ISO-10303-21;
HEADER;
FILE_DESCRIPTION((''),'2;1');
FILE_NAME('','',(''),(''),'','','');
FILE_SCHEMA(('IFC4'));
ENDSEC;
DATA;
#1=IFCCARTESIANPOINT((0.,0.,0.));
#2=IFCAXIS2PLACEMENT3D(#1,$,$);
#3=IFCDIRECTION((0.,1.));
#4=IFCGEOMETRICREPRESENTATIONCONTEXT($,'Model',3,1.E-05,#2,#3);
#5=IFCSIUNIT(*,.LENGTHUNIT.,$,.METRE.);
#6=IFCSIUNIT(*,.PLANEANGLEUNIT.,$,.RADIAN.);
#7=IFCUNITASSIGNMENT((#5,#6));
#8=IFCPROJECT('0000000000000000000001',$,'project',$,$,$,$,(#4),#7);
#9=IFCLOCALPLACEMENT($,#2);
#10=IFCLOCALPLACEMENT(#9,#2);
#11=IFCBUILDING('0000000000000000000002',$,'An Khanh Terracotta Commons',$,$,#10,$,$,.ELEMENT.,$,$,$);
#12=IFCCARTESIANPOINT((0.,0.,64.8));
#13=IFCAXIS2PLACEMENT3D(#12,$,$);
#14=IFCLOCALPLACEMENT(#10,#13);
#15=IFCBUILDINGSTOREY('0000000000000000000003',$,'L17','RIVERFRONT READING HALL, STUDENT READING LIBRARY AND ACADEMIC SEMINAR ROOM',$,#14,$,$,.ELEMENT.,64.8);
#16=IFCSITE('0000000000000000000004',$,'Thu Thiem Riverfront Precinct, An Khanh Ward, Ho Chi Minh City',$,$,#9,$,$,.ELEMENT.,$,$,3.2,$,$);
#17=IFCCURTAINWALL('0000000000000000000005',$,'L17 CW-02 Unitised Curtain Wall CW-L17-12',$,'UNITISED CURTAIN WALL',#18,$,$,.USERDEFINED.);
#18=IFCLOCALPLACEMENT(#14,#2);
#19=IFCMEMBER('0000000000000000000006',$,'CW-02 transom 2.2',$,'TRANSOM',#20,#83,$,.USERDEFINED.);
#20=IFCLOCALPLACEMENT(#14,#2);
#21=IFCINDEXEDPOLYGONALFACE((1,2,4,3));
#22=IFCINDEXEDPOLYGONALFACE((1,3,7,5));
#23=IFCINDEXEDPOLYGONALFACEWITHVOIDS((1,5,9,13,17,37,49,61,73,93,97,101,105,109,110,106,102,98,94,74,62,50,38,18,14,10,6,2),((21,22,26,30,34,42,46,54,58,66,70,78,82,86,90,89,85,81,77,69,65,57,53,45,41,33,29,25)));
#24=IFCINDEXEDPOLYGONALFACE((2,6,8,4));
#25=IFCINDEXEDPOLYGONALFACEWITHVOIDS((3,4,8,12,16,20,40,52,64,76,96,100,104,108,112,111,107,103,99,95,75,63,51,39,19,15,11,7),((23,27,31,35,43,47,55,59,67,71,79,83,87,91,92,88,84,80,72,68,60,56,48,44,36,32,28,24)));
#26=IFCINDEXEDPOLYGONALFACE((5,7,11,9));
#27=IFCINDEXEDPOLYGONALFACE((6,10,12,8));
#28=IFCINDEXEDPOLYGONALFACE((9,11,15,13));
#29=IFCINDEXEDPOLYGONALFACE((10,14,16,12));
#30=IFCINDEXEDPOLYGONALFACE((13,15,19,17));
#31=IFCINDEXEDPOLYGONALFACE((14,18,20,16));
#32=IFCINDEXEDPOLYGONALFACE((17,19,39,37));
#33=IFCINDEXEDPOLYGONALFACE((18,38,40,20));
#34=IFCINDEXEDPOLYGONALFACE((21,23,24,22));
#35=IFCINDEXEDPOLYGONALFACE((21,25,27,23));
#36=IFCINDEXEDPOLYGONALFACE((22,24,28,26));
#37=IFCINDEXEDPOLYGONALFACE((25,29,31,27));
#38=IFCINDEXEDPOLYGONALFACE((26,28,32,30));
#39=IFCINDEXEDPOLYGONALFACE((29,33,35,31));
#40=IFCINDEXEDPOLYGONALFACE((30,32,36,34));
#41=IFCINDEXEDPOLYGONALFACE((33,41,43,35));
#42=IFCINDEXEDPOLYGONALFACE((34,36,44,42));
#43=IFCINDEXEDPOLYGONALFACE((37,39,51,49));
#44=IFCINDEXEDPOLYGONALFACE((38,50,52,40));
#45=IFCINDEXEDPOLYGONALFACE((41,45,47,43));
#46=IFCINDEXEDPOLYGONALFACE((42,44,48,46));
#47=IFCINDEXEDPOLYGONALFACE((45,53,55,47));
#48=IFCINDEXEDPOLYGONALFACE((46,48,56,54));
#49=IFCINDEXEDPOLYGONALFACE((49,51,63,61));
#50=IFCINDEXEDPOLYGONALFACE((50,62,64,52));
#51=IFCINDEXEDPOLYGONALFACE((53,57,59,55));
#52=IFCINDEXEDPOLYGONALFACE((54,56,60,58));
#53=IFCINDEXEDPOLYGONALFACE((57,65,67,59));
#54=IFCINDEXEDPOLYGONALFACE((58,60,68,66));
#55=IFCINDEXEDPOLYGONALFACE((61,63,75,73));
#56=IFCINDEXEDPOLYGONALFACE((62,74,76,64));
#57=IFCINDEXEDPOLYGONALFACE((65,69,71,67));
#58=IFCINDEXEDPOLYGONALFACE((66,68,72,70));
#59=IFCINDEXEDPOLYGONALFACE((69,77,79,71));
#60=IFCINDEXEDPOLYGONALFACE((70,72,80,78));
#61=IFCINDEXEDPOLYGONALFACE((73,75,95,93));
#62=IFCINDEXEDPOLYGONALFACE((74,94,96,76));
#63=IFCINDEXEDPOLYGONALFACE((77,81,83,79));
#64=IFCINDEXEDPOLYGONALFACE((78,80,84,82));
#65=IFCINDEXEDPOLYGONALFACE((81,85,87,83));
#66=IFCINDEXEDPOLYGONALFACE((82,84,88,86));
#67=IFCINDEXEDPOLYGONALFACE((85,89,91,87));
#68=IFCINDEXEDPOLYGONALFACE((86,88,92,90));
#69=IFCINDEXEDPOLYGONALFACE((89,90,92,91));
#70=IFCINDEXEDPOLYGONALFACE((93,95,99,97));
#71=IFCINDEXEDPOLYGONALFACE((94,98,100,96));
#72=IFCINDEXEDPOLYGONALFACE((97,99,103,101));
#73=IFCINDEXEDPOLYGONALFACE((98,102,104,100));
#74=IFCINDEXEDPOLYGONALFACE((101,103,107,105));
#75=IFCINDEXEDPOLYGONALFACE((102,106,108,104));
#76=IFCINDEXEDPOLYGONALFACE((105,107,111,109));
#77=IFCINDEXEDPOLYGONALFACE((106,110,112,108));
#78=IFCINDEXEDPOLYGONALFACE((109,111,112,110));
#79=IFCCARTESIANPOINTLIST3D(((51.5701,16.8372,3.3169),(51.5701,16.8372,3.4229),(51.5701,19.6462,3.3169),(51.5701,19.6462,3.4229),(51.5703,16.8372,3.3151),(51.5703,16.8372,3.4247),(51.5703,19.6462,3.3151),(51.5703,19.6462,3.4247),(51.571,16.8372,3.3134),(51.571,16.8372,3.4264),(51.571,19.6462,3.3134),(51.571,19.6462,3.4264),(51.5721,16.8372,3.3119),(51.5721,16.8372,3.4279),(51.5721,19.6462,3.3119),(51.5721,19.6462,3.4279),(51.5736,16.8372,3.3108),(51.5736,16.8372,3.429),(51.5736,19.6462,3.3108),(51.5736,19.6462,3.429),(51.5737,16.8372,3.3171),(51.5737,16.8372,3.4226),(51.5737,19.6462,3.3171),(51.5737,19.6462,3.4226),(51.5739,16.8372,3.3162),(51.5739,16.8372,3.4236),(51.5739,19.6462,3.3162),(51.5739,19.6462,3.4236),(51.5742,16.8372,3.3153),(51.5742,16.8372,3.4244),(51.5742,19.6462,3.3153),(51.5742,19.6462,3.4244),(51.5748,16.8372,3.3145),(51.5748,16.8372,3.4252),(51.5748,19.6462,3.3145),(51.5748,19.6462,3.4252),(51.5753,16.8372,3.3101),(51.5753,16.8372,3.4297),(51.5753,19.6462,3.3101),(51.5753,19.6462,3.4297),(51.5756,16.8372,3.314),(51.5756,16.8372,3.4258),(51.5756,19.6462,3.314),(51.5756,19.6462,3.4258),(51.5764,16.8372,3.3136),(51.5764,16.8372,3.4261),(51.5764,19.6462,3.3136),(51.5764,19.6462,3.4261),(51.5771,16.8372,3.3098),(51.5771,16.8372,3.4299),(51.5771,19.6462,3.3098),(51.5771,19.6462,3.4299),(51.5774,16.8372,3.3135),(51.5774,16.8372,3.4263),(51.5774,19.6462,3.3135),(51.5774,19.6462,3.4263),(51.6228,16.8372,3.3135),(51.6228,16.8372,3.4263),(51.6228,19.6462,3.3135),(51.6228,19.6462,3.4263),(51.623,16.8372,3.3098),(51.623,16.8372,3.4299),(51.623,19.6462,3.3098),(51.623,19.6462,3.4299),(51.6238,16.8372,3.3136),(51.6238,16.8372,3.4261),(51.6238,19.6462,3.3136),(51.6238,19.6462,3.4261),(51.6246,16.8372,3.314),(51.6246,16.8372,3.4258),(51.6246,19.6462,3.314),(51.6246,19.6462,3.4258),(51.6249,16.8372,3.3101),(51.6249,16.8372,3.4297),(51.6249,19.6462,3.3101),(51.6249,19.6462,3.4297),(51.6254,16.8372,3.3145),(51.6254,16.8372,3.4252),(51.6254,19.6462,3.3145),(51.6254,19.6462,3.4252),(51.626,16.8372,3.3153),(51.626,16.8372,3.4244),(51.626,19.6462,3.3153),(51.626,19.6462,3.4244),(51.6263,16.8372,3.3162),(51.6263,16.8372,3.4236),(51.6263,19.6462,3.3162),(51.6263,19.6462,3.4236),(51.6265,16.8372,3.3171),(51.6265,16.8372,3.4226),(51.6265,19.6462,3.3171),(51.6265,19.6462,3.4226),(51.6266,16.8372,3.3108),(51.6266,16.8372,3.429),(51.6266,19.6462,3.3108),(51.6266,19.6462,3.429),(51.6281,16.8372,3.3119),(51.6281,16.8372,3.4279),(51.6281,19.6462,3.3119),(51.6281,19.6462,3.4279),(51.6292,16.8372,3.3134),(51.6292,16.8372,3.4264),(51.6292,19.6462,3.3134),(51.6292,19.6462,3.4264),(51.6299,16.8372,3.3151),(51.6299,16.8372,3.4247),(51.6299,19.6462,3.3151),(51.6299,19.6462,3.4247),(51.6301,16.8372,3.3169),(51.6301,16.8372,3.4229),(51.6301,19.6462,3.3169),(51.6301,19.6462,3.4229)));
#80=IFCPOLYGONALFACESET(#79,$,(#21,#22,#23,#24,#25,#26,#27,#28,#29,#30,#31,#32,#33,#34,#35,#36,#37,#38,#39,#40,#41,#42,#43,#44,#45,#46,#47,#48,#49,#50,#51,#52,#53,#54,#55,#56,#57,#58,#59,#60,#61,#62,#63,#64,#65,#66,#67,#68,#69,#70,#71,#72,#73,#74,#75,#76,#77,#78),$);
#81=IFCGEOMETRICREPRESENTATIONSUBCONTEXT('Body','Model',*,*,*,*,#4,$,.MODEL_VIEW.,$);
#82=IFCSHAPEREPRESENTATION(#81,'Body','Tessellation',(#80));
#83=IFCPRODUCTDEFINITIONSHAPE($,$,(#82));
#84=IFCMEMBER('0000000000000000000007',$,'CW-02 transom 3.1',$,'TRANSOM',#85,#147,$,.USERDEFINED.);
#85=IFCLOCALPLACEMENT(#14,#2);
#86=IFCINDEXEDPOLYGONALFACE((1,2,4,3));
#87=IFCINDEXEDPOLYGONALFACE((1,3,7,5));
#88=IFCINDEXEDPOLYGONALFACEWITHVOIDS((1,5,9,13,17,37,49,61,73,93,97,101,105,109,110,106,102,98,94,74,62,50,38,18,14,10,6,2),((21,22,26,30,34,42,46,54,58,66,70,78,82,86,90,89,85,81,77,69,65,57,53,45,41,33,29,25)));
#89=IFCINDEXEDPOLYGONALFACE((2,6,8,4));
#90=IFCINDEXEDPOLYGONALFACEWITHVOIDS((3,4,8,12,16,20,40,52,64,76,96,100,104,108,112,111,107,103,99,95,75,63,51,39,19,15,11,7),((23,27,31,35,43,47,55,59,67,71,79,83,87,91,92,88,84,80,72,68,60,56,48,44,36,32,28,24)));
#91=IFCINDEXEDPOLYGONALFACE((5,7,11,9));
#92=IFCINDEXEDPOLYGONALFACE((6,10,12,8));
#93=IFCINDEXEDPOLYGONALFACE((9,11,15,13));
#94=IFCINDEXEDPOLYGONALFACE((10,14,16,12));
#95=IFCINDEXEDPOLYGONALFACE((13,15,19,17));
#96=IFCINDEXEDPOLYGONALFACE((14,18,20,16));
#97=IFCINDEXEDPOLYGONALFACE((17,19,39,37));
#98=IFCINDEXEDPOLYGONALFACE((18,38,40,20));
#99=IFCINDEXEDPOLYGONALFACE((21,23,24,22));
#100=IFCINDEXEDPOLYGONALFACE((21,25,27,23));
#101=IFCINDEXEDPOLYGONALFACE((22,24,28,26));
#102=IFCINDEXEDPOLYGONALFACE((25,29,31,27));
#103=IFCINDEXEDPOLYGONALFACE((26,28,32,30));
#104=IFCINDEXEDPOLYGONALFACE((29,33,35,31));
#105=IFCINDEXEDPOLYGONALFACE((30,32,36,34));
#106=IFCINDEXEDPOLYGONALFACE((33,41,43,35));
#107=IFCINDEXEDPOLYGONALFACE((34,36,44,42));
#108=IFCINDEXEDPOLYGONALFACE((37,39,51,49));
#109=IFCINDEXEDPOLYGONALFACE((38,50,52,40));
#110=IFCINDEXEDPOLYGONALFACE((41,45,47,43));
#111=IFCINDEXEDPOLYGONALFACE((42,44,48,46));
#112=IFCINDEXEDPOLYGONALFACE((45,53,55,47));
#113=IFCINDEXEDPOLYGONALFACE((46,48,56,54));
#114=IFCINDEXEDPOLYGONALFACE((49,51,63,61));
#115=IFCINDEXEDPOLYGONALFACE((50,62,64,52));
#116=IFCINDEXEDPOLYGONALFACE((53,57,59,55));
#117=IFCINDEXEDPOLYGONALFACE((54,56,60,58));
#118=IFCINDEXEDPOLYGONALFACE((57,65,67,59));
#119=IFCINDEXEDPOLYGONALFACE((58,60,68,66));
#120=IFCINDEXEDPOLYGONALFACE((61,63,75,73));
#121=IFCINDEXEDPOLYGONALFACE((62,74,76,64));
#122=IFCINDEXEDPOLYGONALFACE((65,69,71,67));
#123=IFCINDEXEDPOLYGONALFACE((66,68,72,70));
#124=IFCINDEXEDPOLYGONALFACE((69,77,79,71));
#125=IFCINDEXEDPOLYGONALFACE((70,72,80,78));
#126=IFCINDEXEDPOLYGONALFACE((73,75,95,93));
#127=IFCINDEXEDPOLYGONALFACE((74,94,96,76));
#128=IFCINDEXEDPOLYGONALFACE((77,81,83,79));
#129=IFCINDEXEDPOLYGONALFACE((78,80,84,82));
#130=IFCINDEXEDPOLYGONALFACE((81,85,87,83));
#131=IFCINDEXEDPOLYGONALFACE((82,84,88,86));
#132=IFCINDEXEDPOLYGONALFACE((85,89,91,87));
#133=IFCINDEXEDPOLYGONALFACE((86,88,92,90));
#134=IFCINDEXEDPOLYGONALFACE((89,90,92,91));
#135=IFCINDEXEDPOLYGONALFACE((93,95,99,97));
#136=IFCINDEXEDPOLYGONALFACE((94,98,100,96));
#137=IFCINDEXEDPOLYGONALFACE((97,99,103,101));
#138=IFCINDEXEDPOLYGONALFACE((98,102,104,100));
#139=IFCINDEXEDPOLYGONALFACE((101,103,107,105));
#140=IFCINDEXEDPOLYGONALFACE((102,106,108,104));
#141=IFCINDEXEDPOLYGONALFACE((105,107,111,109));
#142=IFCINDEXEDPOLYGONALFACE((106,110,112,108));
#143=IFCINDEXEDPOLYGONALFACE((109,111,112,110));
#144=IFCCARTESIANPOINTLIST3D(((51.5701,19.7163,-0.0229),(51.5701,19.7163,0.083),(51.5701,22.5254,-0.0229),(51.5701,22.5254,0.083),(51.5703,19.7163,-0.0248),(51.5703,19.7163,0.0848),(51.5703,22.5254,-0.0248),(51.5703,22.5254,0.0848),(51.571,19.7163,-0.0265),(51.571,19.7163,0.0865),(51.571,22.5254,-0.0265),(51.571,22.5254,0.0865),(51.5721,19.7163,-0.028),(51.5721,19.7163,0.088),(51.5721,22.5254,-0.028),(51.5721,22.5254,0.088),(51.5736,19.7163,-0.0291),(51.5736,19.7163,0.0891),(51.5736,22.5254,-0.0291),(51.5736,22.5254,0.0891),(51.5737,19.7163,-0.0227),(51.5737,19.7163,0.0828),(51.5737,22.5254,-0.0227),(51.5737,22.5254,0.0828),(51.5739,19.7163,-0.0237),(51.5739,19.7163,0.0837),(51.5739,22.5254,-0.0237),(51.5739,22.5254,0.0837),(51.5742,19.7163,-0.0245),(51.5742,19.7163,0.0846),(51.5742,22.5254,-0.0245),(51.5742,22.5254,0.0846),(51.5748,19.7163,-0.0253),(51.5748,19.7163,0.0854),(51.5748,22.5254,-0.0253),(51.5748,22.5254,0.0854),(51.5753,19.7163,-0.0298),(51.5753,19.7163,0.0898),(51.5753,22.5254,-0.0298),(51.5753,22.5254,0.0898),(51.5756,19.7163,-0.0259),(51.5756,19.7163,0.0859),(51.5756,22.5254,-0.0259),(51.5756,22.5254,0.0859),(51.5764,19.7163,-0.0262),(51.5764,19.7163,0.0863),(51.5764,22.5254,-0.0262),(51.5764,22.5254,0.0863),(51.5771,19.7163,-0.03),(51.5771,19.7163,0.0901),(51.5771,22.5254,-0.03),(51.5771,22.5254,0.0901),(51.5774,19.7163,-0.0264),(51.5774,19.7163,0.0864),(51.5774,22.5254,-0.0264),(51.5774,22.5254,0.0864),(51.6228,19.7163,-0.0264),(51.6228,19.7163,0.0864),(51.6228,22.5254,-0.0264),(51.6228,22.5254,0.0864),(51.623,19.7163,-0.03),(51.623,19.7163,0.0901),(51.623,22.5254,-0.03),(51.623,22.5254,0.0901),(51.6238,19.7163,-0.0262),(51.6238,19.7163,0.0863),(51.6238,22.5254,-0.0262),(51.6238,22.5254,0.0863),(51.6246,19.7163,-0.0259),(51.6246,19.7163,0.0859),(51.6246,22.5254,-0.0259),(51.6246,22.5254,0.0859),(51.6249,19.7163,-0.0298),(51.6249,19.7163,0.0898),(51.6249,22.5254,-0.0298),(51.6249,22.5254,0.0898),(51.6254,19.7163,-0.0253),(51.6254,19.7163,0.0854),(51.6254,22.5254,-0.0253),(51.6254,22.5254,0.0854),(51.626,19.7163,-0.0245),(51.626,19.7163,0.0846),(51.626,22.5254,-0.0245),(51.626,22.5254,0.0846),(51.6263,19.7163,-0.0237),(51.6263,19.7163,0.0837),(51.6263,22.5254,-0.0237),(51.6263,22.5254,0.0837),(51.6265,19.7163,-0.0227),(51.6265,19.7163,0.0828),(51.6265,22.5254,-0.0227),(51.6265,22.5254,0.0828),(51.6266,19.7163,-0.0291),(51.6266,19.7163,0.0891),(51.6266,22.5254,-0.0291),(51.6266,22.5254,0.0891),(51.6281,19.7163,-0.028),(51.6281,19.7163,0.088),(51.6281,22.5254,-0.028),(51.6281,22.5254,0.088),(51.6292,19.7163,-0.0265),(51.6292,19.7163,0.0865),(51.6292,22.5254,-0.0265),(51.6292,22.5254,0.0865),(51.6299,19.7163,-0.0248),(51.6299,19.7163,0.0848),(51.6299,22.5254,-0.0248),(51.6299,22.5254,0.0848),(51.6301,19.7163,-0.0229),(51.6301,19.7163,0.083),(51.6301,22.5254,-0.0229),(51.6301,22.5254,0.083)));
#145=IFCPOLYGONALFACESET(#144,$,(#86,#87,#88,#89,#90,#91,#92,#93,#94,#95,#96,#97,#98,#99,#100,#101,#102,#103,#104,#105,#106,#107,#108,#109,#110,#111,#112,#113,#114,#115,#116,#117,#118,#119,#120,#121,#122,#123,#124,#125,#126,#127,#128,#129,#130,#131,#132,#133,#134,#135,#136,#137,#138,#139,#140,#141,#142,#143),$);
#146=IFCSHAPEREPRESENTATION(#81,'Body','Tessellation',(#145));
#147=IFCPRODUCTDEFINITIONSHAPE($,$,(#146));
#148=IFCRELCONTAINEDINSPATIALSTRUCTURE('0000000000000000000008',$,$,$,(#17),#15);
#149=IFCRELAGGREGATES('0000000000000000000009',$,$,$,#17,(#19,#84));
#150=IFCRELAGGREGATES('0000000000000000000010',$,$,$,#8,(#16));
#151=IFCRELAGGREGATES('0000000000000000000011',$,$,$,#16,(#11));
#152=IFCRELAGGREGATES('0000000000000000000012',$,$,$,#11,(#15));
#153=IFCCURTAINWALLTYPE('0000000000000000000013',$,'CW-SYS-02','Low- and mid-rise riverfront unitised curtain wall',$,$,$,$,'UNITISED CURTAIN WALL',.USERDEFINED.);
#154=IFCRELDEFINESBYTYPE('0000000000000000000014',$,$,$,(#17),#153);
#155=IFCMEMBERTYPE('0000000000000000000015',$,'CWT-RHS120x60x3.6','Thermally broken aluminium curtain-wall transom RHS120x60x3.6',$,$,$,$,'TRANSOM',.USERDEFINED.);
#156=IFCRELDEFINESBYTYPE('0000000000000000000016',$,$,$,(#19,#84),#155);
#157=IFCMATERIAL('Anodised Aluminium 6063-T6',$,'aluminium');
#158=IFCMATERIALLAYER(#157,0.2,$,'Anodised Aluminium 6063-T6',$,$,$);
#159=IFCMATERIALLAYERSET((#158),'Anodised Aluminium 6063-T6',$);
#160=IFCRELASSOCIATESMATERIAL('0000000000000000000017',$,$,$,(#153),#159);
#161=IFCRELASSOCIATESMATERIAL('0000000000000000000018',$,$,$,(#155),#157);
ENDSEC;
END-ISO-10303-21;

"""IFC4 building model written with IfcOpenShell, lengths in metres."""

from ifc_helpers import new_model, si_unit, direction, frame, origin, origin_2d, place, context, subcontext, project, spatial, hollow_rectangle, extrude, material, layer, layer_set, material_profile, profile_set, type_object, element, aggregate, save


model = new_model("IFC4")

# Units and contexts
model_context = context("Model", 3, precision=1e-05, world=origin(), true_north=direction((0.0, 1.0)))
body_context = subcontext(model_context, "Body", "Model", "MODEL_VIEW")
ifc_project = project(units=[si_unit("LENGTHUNIT", "METRE"), si_unit("PLANEANGLEUNIT", "RADIAN")], contexts=[model_context])

# Site, building, storey
site_placement = place(None, origin())
site = spatial("IfcSite", under=ifc_project, at=site_placement, Name="Thu Thiem Riverfront Precinct, An Khanh Ward, Ho Chi Minh City", CompositionType="ELEMENT", RefElevation=3.2)
building_placement = place(site_placement, origin())
building = spatial("IfcBuilding", under=site, at=building_placement, Name="An Khanh Terracotta Commons", CompositionType="ELEMENT")
storey_placement = place(building_placement, frame((0.0, 0.0, 64.8)))
storey = spatial("IfcBuildingStorey", under=building, at=storey_placement, Name="L17", Description="RIVERFRONT READING HALL, STUDENT READING LIBRARY AND ACADEMIC SEMINAR ROOM", CompositionType="ELEMENT", Elevation=64.8)

# Curtain wall, members
ifc_material_1 = material(Name="Anodised Aluminium 6063-T6", Category="aluminium")
ifc_layer_1 = layer(ifc_material_1, 0.2, Name="Anodised Aluminium 6063-T6")
ifc_layer_set_1 = layer_set([ifc_layer_1], Name="Anodised Aluminium 6063-T6")
curtain_wall_type = type_object("IfcCurtainWallType", Name="CW-SYS-02", Description="Low- and mid-rise riverfront unitised curtain wall", ElementType="UNITISED CURTAIN WALL", PredefinedType="USERDEFINED", material=ifc_layer_set_1)
curtain_wall_placement = place(storey_placement, origin())
curtain_wall = element("IfcCurtainWall", 1, at=curtain_wall_placement, inside=storey, type_object=curtain_wall_type, Name="L17 CW-02 Unitised Curtain Wall CW-L17-12", ObjectType="UNITISED CURTAIN WALL", PredefinedType="USERDEFINED")
ifc_material_profile_1 = material_profile(ifc_material_1, hollow_rectangle(XDim=0.0601, YDim=0.1201, WallThickness=0.0037, InnerFilletRadius=0.0037, OuterFilletRadius=0.0071, at=origin_2d()), Name="RHS120x60x3.6")
ifc_profile_set_1 = profile_set([ifc_material_profile_1], Name="Anodised Aluminium 6063-T6")
member_type_1 = type_object("IfcMemberType", Name="CWT-RHS120x60x3.6", Description="Thermally broken aluminium curtain-wall transom RHS120x60x3.6", ElementType="TRANSOM", PredefinedType="USERDEFINED", material=ifc_profile_set_1)
member_1_placement = place(storey_placement, frame((51.6001, 16.8372, 3.3699), z_axis=(0.0, 1.0, 0.0), x_axis=(-1.0, 0.0, 0.0)))
member_1 = element("IfcMember", 2, at=member_1_placement, type_object=member_type_1, Name="CW-02 transom 2.2", ObjectType="TRANSOM", PredefinedType="USERDEFINED", context=body_context, shape_type="SweptSolid", body=[
    extrude(hollow_rectangle(XDim=0.0601, YDim=0.1201, WallThickness=0.0037, InnerFilletRadius=0.0037, OuterFilletRadius=0.0071, at=origin_2d()), origin(), (0.0, 0.0, 1.0), 2.8091),
])
member_2_placement = place(storey_placement, frame((51.6001, 19.7163, 0.03), z_axis=(0.0, 1.0, 0.0), x_axis=(-1.0, 0.0, 0.0)))
member_2 = element("IfcMember", 3, at=member_2_placement, type_object=member_type_1, Name="CW-02 transom 3.1", ObjectType="TRANSOM", PredefinedType="USERDEFINED", context=body_context, shape_type="SweptSolid", body=[
    extrude(hollow_rectangle(XDim=0.0601, YDim=0.1201, WallThickness=0.0037, InnerFilletRadius=0.0037, OuterFilletRadius=0.0071, at=origin_2d()), origin(), (0.0, 0.0, 1.0), 2.8091),
])
aggregate(curtain_wall, [member_1, member_2])

save(model, "model.ifc")
